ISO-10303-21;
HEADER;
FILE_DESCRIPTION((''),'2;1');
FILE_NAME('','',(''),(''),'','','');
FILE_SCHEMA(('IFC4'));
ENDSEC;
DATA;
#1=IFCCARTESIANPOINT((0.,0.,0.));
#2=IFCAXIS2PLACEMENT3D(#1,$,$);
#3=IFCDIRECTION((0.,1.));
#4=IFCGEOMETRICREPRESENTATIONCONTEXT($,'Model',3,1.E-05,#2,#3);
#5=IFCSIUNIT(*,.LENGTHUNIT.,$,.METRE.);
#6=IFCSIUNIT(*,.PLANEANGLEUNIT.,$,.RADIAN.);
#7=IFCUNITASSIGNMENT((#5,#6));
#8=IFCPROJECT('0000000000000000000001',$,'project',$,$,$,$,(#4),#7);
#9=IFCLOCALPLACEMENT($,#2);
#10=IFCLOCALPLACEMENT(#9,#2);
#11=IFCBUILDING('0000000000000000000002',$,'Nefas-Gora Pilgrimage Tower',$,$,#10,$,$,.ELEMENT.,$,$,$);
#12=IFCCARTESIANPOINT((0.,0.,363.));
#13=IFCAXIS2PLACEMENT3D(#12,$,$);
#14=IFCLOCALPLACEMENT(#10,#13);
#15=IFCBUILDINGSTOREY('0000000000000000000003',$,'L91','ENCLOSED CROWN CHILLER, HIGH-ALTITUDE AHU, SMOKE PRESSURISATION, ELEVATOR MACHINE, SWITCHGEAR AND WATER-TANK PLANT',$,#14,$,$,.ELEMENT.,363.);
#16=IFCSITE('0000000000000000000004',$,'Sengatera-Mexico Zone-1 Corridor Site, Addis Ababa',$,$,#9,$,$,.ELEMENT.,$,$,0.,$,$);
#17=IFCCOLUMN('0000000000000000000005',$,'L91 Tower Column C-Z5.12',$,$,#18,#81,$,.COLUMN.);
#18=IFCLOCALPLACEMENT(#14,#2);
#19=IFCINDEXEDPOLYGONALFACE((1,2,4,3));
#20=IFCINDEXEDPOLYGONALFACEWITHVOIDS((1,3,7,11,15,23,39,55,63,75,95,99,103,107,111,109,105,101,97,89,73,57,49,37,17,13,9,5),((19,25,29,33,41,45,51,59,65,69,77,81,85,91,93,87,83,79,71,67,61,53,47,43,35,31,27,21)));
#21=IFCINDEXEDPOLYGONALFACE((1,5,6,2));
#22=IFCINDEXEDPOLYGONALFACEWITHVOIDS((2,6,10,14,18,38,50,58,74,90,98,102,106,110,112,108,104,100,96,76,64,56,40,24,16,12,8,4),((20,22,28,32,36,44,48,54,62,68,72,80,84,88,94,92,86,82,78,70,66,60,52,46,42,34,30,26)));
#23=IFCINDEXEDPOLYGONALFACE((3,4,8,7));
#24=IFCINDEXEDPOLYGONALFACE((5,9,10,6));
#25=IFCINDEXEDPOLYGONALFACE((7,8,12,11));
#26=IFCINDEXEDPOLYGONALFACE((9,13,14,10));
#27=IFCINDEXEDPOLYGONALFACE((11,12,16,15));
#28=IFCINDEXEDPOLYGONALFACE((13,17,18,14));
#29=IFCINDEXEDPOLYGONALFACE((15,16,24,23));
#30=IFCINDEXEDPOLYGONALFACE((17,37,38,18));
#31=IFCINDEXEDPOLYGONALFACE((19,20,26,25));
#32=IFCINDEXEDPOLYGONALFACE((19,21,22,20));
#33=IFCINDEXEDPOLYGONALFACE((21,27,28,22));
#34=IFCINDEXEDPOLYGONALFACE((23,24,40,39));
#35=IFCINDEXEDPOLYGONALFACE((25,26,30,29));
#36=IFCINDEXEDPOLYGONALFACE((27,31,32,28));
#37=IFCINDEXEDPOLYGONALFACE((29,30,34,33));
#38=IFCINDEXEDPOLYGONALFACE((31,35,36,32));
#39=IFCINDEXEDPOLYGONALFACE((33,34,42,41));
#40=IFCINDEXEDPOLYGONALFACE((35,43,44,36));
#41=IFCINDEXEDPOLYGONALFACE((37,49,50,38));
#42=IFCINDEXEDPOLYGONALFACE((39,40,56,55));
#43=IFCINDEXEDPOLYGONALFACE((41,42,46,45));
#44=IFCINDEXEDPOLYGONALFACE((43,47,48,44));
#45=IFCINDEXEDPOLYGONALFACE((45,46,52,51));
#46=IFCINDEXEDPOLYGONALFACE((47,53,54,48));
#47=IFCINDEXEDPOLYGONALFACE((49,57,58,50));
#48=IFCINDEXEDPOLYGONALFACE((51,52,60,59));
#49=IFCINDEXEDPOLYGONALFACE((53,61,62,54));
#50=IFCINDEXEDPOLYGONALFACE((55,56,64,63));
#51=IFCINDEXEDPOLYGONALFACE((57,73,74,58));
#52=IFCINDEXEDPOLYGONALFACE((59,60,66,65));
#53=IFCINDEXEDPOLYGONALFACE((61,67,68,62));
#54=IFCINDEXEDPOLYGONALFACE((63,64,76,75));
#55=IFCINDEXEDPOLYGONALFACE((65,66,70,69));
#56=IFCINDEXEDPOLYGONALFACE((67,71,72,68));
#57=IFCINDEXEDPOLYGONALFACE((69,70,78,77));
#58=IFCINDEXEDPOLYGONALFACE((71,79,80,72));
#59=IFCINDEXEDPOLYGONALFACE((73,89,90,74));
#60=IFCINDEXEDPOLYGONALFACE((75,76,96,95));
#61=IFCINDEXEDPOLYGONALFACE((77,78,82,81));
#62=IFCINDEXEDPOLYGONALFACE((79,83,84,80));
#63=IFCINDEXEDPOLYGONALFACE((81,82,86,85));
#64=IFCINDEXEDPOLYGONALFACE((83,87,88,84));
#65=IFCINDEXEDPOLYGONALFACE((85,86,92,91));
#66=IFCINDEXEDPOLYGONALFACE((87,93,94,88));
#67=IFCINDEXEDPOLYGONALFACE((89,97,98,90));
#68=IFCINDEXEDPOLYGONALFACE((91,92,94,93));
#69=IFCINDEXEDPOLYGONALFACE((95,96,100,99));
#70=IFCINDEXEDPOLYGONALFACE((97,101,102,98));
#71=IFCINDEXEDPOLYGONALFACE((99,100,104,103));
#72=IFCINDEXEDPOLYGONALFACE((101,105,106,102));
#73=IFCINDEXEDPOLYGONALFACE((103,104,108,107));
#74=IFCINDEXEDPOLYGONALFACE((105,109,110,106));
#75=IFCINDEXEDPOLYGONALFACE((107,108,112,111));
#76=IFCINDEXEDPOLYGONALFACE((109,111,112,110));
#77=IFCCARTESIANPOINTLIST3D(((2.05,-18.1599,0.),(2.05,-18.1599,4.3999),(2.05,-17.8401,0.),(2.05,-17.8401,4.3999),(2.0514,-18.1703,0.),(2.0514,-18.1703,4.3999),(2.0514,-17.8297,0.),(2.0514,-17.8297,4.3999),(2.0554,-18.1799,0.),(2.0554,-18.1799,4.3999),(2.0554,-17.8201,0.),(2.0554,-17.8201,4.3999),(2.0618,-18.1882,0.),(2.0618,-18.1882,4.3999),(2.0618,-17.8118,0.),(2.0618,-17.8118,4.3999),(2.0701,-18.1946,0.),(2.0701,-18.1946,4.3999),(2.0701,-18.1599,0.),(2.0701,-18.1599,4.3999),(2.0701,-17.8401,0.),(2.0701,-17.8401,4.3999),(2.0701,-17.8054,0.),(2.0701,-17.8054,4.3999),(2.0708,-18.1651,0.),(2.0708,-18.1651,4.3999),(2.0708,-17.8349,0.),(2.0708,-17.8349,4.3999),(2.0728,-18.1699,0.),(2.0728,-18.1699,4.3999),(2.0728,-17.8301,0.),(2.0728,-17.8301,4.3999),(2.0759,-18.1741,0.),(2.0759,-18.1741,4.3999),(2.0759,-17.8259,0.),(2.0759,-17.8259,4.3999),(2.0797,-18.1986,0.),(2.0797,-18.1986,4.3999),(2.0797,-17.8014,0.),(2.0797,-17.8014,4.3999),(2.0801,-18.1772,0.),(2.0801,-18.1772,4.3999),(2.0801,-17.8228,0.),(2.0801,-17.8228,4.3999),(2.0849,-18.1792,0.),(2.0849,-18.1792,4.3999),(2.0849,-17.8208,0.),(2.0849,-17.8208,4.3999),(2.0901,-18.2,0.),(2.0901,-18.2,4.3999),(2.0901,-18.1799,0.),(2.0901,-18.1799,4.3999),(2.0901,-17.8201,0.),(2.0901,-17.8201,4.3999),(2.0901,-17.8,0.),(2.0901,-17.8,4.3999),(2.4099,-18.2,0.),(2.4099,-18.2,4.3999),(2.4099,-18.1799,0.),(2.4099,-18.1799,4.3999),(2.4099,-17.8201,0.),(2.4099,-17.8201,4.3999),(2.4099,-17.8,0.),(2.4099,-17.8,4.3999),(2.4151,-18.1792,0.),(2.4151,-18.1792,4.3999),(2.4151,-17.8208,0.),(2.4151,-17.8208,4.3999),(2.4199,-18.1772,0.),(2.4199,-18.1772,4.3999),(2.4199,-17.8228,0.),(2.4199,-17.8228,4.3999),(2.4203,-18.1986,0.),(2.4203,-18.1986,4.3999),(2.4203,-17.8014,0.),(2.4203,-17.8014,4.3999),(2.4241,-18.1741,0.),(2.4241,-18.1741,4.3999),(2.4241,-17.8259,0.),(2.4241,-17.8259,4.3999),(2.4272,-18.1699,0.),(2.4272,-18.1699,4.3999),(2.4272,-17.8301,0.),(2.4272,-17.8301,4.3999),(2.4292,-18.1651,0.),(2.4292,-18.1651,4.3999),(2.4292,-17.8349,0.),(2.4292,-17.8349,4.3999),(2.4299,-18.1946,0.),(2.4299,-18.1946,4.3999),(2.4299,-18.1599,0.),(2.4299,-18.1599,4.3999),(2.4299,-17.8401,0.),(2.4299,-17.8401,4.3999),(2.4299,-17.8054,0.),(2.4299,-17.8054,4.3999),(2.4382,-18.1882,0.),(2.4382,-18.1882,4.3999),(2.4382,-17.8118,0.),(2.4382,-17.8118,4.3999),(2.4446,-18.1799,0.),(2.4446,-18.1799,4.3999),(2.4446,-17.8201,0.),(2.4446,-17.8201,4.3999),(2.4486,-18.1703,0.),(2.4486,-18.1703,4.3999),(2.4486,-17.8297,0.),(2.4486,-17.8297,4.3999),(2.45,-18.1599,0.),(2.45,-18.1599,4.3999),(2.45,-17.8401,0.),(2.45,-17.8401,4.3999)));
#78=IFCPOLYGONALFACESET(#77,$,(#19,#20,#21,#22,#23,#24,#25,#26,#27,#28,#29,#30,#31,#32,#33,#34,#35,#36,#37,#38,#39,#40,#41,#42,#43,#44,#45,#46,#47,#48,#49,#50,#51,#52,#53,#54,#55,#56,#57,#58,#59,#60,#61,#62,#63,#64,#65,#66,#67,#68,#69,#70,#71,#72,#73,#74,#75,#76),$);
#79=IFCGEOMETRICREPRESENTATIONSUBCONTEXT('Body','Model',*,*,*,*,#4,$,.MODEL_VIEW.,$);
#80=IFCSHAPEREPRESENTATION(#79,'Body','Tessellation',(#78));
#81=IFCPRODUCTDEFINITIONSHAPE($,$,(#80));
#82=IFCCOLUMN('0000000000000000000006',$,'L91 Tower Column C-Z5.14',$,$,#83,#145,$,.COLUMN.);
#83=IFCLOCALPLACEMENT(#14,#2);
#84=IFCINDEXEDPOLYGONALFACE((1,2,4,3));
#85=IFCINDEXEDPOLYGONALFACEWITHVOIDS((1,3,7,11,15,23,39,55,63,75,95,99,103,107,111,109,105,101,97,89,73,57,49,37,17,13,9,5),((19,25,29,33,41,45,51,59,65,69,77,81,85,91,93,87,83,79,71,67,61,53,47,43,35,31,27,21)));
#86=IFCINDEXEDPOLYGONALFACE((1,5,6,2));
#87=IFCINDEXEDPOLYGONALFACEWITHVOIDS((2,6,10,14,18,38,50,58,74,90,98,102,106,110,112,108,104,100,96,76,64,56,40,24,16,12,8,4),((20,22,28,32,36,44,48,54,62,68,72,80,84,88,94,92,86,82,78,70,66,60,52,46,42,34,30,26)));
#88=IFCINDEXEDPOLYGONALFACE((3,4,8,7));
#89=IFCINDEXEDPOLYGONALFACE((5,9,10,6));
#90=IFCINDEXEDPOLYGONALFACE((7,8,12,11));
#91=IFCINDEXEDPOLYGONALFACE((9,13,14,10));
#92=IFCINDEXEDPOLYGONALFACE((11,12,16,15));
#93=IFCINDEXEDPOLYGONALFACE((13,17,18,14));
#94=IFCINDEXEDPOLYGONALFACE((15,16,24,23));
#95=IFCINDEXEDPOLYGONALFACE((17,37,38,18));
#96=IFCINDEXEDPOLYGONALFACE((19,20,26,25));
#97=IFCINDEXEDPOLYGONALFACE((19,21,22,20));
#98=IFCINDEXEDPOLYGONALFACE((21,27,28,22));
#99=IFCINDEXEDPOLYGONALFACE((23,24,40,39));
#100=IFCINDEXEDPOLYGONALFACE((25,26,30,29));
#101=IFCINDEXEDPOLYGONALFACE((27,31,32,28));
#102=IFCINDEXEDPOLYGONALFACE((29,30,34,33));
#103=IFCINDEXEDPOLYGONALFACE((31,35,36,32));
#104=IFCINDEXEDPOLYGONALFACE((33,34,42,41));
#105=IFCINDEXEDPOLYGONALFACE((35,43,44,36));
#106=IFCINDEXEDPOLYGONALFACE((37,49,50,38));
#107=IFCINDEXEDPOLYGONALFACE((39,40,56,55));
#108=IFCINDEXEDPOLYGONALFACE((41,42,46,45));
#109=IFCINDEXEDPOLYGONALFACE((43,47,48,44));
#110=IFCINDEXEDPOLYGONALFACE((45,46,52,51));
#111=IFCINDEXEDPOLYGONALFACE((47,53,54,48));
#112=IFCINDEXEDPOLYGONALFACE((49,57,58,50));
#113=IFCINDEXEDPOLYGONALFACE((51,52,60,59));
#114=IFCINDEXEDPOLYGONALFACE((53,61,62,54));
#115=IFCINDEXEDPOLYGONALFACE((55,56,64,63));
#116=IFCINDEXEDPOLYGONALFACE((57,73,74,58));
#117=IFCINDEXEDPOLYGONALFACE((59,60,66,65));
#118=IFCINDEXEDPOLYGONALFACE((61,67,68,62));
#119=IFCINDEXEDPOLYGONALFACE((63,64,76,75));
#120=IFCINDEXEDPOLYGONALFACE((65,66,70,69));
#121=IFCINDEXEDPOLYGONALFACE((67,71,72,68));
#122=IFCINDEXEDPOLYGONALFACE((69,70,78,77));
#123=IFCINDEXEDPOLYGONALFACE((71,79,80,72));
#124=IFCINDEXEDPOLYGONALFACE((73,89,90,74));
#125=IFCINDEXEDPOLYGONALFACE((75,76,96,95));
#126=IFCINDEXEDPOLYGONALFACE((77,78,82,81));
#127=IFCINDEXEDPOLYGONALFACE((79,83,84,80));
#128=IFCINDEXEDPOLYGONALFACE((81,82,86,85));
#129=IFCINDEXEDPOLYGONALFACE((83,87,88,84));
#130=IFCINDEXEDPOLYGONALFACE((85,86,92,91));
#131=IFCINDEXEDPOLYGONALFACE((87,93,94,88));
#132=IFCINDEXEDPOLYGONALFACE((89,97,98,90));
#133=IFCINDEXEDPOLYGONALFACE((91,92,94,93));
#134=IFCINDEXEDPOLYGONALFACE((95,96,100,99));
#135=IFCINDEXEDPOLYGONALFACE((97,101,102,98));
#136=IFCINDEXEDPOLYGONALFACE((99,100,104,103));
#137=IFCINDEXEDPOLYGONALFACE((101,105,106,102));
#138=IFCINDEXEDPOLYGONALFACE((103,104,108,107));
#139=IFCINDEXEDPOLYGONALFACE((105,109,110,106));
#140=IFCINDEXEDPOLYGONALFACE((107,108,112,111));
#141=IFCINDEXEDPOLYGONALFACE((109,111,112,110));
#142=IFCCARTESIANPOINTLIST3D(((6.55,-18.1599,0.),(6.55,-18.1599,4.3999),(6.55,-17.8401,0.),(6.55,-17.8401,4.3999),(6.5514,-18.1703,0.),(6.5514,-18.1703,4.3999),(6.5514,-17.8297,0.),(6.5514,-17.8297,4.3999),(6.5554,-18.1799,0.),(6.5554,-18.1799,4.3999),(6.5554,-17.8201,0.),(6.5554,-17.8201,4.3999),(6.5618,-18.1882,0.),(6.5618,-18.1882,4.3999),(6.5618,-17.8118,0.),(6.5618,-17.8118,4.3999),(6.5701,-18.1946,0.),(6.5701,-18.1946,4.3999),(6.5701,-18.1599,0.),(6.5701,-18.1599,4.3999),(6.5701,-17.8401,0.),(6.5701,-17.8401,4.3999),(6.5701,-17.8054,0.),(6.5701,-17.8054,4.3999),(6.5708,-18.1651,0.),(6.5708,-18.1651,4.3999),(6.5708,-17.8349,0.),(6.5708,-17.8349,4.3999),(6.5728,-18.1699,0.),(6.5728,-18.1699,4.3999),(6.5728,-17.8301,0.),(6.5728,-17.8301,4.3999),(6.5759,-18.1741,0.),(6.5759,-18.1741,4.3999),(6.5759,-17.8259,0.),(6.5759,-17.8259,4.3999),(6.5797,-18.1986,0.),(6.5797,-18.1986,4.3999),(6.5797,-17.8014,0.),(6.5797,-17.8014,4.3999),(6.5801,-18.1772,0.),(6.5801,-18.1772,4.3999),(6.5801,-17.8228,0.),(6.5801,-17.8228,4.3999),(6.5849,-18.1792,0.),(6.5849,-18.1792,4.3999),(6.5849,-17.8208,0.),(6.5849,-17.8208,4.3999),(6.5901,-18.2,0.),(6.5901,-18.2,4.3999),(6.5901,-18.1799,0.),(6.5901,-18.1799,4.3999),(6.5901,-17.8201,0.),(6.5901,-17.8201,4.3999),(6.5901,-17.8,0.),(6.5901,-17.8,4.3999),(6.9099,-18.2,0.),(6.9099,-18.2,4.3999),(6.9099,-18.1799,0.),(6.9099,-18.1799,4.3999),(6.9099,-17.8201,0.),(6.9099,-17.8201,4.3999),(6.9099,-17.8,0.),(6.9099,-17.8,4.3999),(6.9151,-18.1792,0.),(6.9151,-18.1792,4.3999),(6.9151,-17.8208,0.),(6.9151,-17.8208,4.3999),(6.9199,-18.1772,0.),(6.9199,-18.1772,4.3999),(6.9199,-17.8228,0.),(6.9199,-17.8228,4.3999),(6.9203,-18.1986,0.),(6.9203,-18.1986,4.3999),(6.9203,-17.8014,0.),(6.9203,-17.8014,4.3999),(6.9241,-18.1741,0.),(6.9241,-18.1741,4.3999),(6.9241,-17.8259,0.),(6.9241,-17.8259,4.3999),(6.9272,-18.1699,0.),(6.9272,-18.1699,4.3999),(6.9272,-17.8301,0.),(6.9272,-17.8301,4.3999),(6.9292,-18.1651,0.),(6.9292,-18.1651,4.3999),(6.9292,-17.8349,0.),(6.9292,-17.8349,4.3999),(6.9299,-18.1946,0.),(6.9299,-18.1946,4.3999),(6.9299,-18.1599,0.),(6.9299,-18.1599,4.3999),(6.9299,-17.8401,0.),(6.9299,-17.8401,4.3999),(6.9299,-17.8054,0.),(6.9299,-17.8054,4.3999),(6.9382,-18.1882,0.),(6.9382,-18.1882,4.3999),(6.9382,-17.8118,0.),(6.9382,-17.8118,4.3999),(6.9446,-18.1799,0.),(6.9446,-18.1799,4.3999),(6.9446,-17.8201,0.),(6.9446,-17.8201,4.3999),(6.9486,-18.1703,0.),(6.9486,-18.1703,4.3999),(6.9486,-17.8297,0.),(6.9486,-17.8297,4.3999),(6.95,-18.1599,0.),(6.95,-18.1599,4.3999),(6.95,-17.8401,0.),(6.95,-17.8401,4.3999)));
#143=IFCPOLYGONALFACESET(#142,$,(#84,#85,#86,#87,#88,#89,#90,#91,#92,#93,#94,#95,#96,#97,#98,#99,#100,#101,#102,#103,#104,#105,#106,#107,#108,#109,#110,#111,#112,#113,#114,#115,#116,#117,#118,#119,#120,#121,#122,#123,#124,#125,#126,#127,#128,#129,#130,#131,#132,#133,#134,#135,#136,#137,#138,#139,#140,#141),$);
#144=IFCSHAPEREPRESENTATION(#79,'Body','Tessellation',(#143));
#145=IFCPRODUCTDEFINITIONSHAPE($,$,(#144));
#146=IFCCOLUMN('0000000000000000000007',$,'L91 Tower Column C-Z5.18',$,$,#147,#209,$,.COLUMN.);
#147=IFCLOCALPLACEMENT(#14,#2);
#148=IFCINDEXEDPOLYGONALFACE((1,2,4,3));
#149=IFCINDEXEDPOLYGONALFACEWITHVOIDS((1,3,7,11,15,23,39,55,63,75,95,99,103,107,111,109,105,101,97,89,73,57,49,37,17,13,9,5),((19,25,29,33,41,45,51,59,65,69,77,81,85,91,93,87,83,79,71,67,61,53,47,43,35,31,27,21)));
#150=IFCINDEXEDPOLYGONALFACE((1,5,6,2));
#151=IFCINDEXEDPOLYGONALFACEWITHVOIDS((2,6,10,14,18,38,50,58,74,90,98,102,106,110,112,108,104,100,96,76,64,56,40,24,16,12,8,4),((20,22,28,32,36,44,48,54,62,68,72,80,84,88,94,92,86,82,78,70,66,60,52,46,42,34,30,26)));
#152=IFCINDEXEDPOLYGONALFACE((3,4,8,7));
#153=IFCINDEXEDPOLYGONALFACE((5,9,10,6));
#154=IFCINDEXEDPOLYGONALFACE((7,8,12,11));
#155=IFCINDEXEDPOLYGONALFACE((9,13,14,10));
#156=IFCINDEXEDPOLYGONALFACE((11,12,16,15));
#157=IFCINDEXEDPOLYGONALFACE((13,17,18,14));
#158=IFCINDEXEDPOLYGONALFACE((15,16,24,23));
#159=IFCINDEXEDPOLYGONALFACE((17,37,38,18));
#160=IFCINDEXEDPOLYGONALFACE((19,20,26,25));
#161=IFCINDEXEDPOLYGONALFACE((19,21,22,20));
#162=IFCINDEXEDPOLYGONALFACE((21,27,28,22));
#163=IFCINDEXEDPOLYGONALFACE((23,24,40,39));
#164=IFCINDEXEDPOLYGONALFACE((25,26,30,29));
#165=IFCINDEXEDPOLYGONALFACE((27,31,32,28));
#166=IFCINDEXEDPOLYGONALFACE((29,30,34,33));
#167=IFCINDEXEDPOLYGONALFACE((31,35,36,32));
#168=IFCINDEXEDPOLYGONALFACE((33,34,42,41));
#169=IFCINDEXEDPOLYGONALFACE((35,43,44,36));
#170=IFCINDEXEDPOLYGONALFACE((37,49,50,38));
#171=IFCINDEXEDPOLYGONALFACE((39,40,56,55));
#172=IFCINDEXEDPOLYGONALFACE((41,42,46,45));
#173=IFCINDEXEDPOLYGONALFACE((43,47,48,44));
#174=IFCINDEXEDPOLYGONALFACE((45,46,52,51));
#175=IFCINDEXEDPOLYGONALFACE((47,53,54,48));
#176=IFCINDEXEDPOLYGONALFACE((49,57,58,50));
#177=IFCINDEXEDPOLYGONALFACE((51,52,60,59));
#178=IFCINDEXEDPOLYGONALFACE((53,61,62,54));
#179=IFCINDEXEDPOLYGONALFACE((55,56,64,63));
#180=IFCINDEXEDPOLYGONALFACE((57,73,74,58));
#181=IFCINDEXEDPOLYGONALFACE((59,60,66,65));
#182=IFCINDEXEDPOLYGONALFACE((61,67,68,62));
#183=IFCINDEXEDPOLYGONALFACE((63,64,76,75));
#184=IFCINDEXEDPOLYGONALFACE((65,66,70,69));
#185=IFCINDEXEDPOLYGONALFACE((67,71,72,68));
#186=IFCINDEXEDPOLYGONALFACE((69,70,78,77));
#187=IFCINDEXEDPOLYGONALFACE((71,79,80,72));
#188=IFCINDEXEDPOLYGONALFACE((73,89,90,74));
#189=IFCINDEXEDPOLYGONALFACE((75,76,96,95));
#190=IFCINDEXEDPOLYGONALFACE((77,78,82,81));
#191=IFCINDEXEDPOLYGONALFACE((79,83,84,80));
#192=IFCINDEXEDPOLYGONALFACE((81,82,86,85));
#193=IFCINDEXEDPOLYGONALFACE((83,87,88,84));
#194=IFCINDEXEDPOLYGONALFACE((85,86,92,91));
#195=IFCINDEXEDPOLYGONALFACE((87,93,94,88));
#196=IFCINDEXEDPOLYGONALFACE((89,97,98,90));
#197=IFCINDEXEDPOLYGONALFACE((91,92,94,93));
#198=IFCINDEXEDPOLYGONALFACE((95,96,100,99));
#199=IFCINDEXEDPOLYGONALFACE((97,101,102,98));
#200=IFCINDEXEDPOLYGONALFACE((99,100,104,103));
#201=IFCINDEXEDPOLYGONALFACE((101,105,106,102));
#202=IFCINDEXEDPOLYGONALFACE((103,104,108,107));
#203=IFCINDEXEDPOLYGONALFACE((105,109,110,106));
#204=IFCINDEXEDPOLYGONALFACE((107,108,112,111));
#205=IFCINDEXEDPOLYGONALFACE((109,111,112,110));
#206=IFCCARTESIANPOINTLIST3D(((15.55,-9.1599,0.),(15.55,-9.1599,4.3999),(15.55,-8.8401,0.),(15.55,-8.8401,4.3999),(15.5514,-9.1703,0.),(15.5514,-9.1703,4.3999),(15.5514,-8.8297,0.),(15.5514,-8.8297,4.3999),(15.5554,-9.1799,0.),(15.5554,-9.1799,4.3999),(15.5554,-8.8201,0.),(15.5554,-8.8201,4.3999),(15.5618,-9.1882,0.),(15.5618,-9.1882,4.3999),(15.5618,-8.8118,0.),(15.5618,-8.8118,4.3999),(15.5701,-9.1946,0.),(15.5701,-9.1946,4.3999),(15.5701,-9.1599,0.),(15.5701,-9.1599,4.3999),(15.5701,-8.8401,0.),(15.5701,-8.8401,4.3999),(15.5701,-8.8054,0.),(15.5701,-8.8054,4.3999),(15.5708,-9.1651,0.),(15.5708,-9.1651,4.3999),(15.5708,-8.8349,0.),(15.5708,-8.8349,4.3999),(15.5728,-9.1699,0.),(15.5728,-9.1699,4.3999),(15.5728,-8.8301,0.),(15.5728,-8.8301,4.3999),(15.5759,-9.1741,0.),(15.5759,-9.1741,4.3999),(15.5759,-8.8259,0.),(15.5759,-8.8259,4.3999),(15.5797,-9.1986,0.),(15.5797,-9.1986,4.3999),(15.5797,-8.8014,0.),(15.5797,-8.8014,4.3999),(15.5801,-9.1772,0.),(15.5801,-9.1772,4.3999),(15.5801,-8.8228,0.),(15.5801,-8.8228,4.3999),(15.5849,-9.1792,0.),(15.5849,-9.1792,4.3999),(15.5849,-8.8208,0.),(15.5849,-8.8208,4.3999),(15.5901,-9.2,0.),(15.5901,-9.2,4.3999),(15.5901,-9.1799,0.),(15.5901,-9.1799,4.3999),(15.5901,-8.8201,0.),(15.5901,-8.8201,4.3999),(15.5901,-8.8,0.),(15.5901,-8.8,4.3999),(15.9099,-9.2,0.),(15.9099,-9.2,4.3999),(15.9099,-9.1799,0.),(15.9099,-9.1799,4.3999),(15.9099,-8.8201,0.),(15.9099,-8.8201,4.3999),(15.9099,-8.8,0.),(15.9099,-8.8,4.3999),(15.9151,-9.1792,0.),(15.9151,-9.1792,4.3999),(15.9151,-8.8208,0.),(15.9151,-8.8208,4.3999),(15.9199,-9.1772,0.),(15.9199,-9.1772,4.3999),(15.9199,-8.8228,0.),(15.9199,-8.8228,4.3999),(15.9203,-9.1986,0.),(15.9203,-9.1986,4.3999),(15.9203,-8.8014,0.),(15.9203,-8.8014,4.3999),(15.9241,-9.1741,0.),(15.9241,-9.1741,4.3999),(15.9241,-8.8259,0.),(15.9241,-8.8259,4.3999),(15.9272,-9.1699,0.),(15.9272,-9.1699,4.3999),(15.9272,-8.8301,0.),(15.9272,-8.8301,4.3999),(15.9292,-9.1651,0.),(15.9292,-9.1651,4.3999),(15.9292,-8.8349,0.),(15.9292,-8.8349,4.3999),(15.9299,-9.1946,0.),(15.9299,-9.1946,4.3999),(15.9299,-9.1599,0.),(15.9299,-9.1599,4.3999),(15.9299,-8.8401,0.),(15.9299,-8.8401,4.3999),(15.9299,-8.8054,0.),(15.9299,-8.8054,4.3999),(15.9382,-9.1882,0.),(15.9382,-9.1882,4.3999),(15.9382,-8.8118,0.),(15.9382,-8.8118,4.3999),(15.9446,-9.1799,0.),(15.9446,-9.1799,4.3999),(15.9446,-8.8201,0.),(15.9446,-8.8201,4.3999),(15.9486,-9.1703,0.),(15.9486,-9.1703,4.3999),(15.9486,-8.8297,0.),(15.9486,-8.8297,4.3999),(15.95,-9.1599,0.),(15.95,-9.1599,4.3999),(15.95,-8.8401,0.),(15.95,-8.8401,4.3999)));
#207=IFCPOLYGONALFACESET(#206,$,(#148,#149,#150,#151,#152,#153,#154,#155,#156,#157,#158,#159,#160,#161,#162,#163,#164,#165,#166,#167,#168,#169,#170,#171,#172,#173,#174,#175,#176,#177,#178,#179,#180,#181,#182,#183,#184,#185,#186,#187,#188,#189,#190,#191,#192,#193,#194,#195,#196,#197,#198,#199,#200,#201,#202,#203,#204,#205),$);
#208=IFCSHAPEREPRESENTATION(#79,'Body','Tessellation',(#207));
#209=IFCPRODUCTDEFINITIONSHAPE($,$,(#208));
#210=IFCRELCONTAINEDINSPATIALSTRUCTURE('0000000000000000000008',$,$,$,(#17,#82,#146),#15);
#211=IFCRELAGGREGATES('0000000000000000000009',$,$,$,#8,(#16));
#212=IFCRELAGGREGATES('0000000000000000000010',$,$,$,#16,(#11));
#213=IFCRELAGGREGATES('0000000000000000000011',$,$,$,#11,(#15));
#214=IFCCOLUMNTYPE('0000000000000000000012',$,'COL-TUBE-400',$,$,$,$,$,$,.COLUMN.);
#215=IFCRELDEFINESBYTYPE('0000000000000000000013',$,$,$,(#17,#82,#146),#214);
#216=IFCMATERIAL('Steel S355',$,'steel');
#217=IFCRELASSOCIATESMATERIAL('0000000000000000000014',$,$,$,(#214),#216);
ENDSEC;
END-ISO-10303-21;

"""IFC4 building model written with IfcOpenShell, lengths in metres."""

from ifc_helpers import new_model, si_unit, direction, frame, origin, origin_2d, place, context, subcontext, project, spatial, hollow_rectangle, extrude, source, transform, mapped, material, material_profile, profile_set, type_object, element, save


model = new_model("IFC4")

# Units and contexts
model_context = context("Model", 3, precision=1e-05, world=origin(), true_north=direction((0.0, 1.0)))
body_context = subcontext(model_context, "Body", "Model", "MODEL_VIEW")
ifc_project = project(units=[si_unit("LENGTHUNIT", "METRE"), si_unit("PLANEANGLEUNIT", "RADIAN")], contexts=[model_context])

# Site, building, storey
site_placement = place(None, origin())
site = spatial("IfcSite", under=ifc_project, at=site_placement, Name="Sengatera-Mexico Zone-1 Corridor Site, Addis Ababa", CompositionType="ELEMENT", RefElevation=0.0)
building_placement = place(site_placement, origin())
building = spatial("IfcBuilding", under=site, at=building_placement, Name="Nefas-Gora Pilgrimage Tower", CompositionType="ELEMENT")
storey_placement = place(building_placement, frame((0.0, 0.0, 363.0)))
storey = spatial("IfcBuildingStorey", under=building, at=storey_placement, Name="L91", Description="ENCLOSED CROWN CHILLER, HIGH-ALTITUDE AHU, SMOKE PRESSURISATION, ELEVATOR MACHINE, SWITCHGEAR AND WATER-TANK PLANT", CompositionType="ELEMENT", Elevation=363.0)

# Columns
ifc_material_1 = material(Name="Steel S355", Category="steel")
ifc_material_profile_1 = material_profile(ifc_material_1, hollow_rectangle(XDim=0.3999, YDim=0.3999, WallThickness=0.02, InnerFilletRadius=0.02, OuterFilletRadius=0.04, at=origin_2d()), Name="SHS 400x400x20")
ifc_profile_set_1 = profile_set([ifc_material_profile_1], Name="Steel S355")
column_type_1 = type_object("IfcColumnType", Name="COL-TUBE-400", PredefinedType="COLUMN", material=ifc_profile_set_1)
shared_shape_1 = source(origin(), body_context, "Body", "SweptSolid", [
    extrude(hollow_rectangle(XDim=0.3999, YDim=0.3999, WallThickness=0.02, InnerFilletRadius=0.02, OuterFilletRadius=0.04, at=origin_2d()), origin(), (0.0, 0.0, 1.0), 4.3999),
])
for number, where, z_axis, x_axis, name in (
    (1, (2.25, -18.0, 0.0), (0.0, 0.0, 1.0), (1.0, 0.0, 0.0), "L91 Tower Column C-Z5.12"),
    (2, (6.75, -18.0, 0.0), (0.0, 0.0, 1.0), (1.0, 0.0, 0.0), "L91 Tower Column C-Z5.14"),
    (3, (15.75, -9.0, 0.0), (0.0, 0.0, 1.0), (1.0, 0.0, 0.0), "L91 Tower Column C-Z5.18"),
):
    element("IfcColumn", number, at=place(storey_placement, frame(where, z_axis=z_axis, x_axis=x_axis)), inside=storey, type_object=column_type_1, Name=name, PredefinedType="COLUMN", context=body_context, shape_type="MappedRepresentation", body=[
        mapped(shared_shape_1, transform((0.0, 0.0, 0.0), x_axis=(1.0, 0.0, 0.0), y_axis=(0.0, 1.0, 0.0), z_axis=(0.0, 0.0, 1.0), scale=1.0)),
    ])

save(model, "model.ifc")
